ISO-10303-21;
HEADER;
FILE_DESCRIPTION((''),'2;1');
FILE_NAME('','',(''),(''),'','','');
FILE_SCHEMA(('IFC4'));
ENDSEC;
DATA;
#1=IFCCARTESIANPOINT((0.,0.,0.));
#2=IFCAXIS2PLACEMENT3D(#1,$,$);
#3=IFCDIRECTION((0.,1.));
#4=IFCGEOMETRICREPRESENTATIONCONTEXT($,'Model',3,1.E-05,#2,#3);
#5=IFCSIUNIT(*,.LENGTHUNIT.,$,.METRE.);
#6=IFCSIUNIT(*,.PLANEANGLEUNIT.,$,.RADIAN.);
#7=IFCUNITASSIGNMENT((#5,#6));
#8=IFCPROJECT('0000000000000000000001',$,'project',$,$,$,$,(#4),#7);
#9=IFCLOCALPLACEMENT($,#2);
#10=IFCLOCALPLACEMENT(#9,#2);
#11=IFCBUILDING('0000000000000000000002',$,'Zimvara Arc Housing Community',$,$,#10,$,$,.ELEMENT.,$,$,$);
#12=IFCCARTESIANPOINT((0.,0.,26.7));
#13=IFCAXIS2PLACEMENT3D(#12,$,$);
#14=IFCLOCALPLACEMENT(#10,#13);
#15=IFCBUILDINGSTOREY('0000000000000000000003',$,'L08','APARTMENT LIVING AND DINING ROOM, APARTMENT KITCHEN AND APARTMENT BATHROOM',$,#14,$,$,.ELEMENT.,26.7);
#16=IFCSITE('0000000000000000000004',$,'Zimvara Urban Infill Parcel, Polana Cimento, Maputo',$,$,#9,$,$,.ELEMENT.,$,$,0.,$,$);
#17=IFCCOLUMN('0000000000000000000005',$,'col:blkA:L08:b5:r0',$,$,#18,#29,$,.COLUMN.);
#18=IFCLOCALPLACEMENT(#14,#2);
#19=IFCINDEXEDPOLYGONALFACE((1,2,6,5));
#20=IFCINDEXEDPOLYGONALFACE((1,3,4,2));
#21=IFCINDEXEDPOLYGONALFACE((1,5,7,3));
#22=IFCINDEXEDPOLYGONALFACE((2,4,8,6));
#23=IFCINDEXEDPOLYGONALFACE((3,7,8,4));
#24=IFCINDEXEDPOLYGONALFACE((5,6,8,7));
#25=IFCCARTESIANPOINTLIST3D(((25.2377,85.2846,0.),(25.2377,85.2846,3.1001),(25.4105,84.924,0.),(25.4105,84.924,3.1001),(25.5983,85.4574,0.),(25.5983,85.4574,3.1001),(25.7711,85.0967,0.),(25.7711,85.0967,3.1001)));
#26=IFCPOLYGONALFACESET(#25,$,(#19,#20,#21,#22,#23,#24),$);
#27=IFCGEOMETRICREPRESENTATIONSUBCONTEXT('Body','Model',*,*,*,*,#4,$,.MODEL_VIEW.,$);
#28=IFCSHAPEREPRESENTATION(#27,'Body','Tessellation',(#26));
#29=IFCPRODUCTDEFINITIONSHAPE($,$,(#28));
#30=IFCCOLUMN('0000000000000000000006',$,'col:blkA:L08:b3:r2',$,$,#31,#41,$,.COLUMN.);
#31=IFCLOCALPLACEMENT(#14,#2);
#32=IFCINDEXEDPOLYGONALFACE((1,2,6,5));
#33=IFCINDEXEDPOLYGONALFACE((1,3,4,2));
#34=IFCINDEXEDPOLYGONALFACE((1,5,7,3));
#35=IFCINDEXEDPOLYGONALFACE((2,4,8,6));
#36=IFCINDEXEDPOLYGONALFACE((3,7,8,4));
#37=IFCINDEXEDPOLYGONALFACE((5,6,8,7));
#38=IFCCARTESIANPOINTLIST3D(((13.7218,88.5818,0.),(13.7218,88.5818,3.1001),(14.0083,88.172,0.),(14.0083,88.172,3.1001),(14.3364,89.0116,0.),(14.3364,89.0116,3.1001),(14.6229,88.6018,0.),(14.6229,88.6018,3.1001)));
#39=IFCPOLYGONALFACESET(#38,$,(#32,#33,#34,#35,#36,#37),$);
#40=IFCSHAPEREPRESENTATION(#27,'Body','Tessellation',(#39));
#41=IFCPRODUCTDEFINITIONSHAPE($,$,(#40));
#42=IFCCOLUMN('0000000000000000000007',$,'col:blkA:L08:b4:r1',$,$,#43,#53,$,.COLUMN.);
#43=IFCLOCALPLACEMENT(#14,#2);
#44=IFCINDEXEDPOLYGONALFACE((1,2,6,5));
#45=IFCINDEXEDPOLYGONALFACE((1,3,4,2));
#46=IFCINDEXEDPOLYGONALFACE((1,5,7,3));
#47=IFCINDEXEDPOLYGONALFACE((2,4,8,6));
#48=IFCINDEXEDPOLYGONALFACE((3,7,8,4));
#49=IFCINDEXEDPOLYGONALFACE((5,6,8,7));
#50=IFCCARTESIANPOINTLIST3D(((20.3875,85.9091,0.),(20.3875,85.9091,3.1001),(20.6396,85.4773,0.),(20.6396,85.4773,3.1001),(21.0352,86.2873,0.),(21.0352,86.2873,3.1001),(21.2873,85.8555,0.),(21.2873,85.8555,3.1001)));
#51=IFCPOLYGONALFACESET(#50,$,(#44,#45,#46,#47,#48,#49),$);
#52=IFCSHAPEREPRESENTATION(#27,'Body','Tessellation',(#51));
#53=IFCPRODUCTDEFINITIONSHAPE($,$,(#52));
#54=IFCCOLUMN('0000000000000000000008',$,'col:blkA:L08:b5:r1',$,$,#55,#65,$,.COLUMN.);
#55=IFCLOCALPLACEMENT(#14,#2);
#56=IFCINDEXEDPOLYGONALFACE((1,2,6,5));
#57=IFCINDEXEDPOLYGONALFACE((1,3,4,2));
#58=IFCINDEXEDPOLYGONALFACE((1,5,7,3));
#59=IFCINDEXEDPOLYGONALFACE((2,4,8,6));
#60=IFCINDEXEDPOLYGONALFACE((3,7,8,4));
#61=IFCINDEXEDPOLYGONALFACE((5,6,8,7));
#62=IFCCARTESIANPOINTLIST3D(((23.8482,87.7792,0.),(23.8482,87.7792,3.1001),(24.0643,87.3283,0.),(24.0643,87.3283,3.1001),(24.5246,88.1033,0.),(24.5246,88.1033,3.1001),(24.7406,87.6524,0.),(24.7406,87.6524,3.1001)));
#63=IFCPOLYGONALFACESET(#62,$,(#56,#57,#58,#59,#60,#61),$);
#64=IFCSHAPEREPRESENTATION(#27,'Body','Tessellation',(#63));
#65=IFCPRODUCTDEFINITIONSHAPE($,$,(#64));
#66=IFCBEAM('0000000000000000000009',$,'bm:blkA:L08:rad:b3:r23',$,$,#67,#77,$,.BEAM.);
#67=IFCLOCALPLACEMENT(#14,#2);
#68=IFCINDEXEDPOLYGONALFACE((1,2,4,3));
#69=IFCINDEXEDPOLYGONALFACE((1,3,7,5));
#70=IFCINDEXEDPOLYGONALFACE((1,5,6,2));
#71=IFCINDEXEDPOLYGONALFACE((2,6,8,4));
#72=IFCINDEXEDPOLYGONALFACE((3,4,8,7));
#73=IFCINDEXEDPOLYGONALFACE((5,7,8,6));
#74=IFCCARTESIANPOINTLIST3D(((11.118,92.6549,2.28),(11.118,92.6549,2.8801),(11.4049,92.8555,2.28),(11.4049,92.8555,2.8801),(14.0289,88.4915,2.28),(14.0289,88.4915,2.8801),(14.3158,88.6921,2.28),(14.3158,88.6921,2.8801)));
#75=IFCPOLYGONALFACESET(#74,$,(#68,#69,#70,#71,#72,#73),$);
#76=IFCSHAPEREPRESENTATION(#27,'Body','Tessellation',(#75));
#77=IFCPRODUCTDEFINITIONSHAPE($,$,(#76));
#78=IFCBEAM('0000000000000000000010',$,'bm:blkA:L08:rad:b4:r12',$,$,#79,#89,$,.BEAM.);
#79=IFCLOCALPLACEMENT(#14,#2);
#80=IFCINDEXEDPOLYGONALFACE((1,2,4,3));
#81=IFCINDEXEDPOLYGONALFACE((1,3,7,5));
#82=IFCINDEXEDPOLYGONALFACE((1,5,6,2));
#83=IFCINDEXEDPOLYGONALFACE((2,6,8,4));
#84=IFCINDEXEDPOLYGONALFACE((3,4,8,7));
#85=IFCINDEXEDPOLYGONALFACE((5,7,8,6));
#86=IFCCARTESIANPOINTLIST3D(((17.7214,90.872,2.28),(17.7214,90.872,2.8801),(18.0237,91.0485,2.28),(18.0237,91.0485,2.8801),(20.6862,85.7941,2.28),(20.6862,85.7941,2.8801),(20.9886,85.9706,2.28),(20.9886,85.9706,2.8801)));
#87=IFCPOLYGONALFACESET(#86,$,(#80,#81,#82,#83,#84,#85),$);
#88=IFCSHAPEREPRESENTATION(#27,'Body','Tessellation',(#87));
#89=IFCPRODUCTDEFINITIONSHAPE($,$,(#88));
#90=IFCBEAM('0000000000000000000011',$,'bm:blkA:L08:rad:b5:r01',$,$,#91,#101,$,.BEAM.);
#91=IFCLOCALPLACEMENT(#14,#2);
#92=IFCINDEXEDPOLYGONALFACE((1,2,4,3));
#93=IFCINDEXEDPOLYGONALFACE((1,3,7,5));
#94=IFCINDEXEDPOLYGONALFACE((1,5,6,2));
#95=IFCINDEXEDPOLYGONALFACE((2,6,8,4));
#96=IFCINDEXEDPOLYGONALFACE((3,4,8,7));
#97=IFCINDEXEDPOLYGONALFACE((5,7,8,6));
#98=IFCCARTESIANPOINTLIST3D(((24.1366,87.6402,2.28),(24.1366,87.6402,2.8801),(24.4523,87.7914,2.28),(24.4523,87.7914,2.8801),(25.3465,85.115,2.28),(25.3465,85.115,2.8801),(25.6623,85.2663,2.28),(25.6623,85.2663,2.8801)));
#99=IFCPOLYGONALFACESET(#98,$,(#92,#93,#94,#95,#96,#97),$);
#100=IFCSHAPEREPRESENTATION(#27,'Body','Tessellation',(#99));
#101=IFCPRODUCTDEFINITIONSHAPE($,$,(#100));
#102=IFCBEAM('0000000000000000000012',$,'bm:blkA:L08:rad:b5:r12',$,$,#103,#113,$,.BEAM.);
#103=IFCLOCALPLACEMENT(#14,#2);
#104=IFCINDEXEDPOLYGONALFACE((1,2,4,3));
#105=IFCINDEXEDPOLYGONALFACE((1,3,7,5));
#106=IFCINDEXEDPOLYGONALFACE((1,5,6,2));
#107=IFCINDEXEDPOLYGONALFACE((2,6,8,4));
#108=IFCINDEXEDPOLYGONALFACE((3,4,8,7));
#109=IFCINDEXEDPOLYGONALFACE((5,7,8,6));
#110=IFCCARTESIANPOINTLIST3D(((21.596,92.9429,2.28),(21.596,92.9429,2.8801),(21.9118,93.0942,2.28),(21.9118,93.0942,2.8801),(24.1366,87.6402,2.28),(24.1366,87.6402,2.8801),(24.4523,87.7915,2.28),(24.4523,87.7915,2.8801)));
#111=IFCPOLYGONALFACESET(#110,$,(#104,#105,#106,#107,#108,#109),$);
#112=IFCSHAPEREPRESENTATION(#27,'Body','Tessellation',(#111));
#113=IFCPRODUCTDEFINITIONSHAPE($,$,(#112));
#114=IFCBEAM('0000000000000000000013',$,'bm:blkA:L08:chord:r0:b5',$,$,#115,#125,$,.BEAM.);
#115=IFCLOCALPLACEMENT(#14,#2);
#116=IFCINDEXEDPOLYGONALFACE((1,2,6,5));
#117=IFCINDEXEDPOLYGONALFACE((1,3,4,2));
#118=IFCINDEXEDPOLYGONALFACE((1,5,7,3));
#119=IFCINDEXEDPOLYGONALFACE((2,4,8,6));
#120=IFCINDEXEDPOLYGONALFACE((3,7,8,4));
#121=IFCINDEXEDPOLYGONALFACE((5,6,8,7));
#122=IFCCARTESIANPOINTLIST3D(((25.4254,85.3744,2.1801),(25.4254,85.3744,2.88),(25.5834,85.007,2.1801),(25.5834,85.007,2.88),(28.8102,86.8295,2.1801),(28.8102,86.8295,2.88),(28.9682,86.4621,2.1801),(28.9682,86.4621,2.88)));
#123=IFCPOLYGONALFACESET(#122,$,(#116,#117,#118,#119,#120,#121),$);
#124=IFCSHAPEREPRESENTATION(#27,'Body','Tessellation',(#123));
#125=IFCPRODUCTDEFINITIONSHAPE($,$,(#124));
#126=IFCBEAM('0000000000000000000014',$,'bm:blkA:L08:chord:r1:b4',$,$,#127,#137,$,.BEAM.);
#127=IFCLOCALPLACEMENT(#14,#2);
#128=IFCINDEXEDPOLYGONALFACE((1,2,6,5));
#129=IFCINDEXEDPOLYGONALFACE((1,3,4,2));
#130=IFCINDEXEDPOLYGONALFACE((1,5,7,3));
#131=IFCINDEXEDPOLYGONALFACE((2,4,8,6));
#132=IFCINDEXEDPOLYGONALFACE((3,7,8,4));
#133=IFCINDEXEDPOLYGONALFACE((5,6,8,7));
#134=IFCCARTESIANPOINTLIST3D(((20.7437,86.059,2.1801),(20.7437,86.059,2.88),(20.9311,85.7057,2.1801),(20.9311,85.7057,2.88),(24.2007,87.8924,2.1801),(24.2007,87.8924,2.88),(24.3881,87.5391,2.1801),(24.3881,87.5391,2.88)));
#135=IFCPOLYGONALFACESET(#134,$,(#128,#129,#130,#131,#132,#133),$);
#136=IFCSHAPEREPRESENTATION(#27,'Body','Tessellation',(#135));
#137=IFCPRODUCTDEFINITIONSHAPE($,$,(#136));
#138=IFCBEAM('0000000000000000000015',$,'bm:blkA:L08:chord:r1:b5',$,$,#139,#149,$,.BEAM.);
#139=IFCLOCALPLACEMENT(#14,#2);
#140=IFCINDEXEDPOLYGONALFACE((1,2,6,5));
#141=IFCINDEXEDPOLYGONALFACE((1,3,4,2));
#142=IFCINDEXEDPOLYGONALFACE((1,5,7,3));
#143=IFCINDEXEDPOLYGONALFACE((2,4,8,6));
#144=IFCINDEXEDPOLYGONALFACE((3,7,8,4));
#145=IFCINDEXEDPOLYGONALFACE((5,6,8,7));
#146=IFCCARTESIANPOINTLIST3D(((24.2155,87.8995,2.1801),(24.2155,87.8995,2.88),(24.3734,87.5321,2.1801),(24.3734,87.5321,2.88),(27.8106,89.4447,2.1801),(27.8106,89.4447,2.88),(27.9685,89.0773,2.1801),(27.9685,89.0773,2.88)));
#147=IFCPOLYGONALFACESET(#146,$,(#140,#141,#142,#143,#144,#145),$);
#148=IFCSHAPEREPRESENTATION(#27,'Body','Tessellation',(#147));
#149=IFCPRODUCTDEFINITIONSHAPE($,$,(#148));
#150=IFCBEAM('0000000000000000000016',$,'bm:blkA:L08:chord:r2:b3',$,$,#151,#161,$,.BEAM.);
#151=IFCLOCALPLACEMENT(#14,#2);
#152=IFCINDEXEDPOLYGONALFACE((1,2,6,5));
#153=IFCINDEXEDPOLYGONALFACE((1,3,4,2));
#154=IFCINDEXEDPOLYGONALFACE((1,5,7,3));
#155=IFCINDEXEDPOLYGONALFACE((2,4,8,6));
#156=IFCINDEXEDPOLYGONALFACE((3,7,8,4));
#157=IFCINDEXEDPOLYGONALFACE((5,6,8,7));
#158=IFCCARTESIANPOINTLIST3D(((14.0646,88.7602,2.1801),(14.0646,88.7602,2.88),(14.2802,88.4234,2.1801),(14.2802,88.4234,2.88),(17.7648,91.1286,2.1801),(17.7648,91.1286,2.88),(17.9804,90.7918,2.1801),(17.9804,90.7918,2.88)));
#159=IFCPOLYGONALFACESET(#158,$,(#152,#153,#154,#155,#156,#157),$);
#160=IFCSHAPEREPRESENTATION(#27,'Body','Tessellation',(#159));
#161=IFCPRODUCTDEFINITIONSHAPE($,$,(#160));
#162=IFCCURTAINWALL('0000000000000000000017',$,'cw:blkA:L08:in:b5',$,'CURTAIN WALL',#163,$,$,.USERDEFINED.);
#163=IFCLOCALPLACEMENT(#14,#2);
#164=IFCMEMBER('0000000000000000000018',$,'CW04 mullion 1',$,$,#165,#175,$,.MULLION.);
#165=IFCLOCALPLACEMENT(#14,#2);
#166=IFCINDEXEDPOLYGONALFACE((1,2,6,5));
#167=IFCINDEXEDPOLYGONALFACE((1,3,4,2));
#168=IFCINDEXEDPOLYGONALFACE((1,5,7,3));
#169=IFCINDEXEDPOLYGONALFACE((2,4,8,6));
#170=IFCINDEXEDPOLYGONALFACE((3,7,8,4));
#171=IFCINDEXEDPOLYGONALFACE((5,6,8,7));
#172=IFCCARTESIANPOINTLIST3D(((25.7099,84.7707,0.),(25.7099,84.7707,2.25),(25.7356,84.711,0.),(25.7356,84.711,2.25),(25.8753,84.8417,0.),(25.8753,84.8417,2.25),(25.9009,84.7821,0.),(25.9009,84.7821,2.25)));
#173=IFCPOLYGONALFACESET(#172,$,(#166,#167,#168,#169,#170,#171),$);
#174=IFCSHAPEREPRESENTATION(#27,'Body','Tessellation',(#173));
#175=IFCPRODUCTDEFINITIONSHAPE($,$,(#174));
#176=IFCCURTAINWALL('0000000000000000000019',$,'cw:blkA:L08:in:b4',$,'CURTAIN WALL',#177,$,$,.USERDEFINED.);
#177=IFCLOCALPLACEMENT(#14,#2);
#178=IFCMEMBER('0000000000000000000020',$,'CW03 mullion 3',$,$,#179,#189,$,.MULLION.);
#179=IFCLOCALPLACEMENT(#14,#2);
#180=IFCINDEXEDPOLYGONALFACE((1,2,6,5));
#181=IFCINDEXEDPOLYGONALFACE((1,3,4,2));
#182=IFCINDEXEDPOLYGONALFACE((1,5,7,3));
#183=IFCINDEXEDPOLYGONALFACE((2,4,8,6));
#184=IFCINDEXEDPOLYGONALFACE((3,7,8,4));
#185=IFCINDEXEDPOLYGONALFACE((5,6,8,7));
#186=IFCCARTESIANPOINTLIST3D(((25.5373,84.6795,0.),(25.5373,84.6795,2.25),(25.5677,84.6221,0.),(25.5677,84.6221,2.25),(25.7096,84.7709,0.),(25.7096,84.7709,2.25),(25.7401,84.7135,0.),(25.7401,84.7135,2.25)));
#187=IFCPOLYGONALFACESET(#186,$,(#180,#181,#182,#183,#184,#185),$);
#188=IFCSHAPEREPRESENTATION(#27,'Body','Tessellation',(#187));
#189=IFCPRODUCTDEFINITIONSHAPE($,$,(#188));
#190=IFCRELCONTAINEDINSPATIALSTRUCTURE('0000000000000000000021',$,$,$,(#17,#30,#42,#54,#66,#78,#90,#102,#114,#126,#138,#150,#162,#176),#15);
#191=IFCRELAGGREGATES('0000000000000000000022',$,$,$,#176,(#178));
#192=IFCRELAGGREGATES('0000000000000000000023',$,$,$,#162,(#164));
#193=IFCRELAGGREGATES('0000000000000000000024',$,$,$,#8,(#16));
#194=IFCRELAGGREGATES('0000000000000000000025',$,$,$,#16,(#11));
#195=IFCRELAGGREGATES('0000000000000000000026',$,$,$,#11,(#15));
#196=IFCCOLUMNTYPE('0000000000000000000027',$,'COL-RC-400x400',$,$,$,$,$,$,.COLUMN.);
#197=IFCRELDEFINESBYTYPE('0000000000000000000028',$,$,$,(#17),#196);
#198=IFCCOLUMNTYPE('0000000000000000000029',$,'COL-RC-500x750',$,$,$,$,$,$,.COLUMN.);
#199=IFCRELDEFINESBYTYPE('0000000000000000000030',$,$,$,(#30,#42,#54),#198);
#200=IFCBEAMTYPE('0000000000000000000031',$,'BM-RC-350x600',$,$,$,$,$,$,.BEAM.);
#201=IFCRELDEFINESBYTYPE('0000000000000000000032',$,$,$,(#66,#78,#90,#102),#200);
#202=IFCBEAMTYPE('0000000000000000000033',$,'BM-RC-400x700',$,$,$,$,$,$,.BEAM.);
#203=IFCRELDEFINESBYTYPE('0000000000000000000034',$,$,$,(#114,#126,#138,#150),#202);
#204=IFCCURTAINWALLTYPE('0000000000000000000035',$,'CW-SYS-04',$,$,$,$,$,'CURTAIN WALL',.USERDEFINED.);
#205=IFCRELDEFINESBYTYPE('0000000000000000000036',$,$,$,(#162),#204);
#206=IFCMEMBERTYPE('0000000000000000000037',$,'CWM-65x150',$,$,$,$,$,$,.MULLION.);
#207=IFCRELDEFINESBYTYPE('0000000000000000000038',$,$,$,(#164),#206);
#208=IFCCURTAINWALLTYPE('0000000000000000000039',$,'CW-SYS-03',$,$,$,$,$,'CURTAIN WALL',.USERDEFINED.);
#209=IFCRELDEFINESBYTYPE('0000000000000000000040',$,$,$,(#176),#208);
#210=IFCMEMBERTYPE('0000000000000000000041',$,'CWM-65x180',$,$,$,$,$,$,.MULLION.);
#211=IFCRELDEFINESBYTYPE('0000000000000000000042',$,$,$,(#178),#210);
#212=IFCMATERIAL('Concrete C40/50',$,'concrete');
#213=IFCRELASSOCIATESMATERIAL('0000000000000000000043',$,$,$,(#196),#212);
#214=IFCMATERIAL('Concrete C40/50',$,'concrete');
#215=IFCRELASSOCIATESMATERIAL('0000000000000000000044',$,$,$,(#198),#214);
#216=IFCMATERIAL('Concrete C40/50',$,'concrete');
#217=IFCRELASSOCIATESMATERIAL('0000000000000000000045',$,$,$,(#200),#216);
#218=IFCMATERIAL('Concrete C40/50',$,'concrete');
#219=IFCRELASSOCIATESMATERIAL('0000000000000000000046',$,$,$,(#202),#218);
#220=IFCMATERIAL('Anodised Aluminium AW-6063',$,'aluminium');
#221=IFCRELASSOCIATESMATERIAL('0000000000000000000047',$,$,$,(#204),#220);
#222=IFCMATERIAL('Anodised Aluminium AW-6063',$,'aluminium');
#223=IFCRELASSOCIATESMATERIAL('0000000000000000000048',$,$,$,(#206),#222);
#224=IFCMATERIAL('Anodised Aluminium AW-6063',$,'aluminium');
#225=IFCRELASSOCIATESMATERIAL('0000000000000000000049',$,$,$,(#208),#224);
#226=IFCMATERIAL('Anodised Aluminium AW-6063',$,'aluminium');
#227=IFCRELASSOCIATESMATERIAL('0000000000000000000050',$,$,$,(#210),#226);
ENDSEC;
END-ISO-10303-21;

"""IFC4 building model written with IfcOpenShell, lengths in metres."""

from ifc_helpers import new_model, si_unit, direction, frame, origin, origin_2d, place, context, subcontext, project, spatial, rectangle, extrude, material, material_profile, profile_set, type_object, element, aggregate, save


model = new_model("IFC4")

# Units and contexts
model_context = context("Model", 3, precision=1e-05, world=origin(), true_north=direction((0.0, 1.0)))
body_context = subcontext(model_context, "Body", "Model", "MODEL_VIEW")
ifc_project = project(units=[si_unit("LENGTHUNIT", "METRE"), si_unit("PLANEANGLEUNIT", "RADIAN")], contexts=[model_context])

# Site, building, storey
site_placement = place(None, origin())
site = spatial("IfcSite", under=ifc_project, at=site_placement, Name="Zimvara Urban Infill Parcel, Polana Cimento, Maputo", CompositionType="ELEMENT", RefElevation=0.0)
building_placement = place(site_placement, origin())
building = spatial("IfcBuilding", under=site, at=building_placement, Name="Zimvara Arc Housing Community", CompositionType="ELEMENT")
storey_placement = place(building_placement, frame((0.0, 0.0, 26.7)))
storey = spatial("IfcBuildingStorey", under=building, at=storey_placement, Name="L08", Description="APARTMENT LIVING AND DINING ROOM, APARTMENT KITCHEN AND APARTMENT BATHROOM", CompositionType="ELEMENT", Elevation=26.7)

# Columns
ifc_material_1 = material(Name="Concrete C40/50", Category="concrete")
ifc_material_profile_1 = material_profile(ifc_material_1, rectangle(XDim=0.3999, YDim=0.3999, at=origin_2d()), Name="RC 400x400")
ifc_profile_set_1 = profile_set([ifc_material_profile_1], Name="Concrete C40/50")
column_type_1 = type_object("IfcColumnType", Name="COL-RC-400x400", PredefinedType="COLUMN", material=ifc_profile_set_1)
column_placement = place(storey_placement, frame((25.5044, 85.1907, 0.0), z_axis=(0.0, 0.0, 1.0), x_axis=(-0.432086, 0.901833, 0.0)))
element("IfcColumn", 1, at=column_placement, inside=storey, type_object=column_type_1, Name="col:blkA:L08:b5:r0", PredefinedType="COLUMN", context=body_context, shape_type="SweptSolid", body=[
    extrude(rectangle(XDim=0.3999, YDim=0.3999, at=origin_2d()), origin(), (0.0, 0.0, 1.0), 3.1001),
])
ifc_material_2 = material(Name="Concrete C40/50", Category="concrete")
ifc_material_profile_2 = material_profile(ifc_material_2, rectangle(XDim=0.5, YDim=0.75, at=origin_2d()), Name="RC 500x750")
ifc_profile_set_2 = profile_set([ifc_material_profile_2], Name="Concrete C40/50")
column_type_2 = type_object("IfcColumnType", Name="COL-RC-500x750", PredefinedType="COLUMN", material=ifc_profile_set_2)
for number, where, z_axis, x_axis, name in (
    (2, (14.1724, 88.5918, 0.0), (0.0, 0.0, 1.0), (-0.573004, 0.819552, 0.0), "col:blkA:L08:b3:r2"),
    (3, (20.8374, 85.8823, 0.0), (0.0, 0.0, 1.0), (-0.504226, 0.863572, 0.0), "col:blkA:L08:b4:r1"),
    (4, (24.2944, 87.7158, 0.0), (0.0, 0.0, 1.0), (-0.432086, 0.901833, 0.0), "col:blkA:L08:b5:r1"),
):
    element("IfcColumn", number, at=place(storey_placement, frame(where, z_axis=z_axis, x_axis=x_axis)), inside=storey, type_object=column_type_2, Name=name, PredefinedType="COLUMN", context=body_context, shape_type="SweptSolid", body=[
        extrude(rectangle(XDim=0.5, YDim=0.75, at=origin_2d()), origin(), (0.0, 0.0, 1.0), 3.1001),
    ])

# Beams
ifc_material_3 = material(Name="Concrete C40/50", Category="concrete")
ifc_material_profile_3 = material_profile(ifc_material_3, rectangle(XDim=0.3501, YDim=0.6001, at=origin_2d()), Name="RC 350x600")
ifc_profile_set_3 = profile_set([ifc_material_profile_3], Name="Concrete C40/50")
beam_type_1 = type_object("IfcBeamType", Name="BM-RC-350x600", PredefinedType="BEAM", material=ifc_profile_set_3)
beam_1_placement = place(storey_placement, frame((14.1724, 88.5918, 2.5801), z_axis=(-0.573007, 0.81955, 0.0), x_axis=(-0.81955, -0.573007, 0.0)))
element("IfcBeam", 5, at=beam_1_placement, inside=storey, type_object=beam_type_1, Name="bm:blkA:L08:rad:b3:r23", PredefinedType="BEAM", context=body_context, shape_type="SweptSolid", body=[
    extrude(rectangle(XDim=0.3501, YDim=0.6001, at=origin_2d()), origin(), (0.0, 0.0, 1.0), 5.0801),
])
beam_2_placement = place(storey_placement, frame((20.8374, 85.8823, 2.5801), z_axis=(-0.504219, 0.863576, 0.0), x_axis=(-0.863576, -0.504219, 0.0)))
element("IfcBeam", 6, at=beam_2_placement, inside=storey, type_object=beam_type_1, Name="bm:blkA:L08:rad:b4:r12", PredefinedType="BEAM", context=body_context, shape_type="SweptSolid", body=[
    extrude(rectangle(XDim=0.3501, YDim=0.6001, at=origin_2d()), origin(), (0.0, 0.0, 1.0), 5.8801),
])
beam_3_placement = place(storey_placement, frame((25.5044, 85.1907, 2.5801), z_axis=(-0.432119, 0.901817, 0.0), x_axis=(-0.901817, -0.432119, 0.0)))
element("IfcBeam", 7, at=beam_3_placement, inside=storey, type_object=beam_type_1, Name="bm:blkA:L08:rad:b5:r01", PredefinedType="BEAM", context=body_context, shape_type="SweptSolid", body=[
    extrude(rectangle(XDim=0.3501, YDim=0.6001, at=origin_2d()), origin(), (0.0, 0.0, 1.0), 2.8),
])
beam_4_placement = place(storey_placement, frame((24.2944, 87.7158, 2.5801), z_axis=(-0.43207, 0.90184, 0.0), x_axis=(-0.90184, -0.43207, 0.0)))
element("IfcBeam", 8, at=beam_4_placement, inside=storey, type_object=beam_type_1, Name="bm:blkA:L08:rad:b5:r12", PredefinedType="BEAM", context=body_context, shape_type="SweptSolid", body=[
    extrude(rectangle(XDim=0.3501, YDim=0.6001, at=origin_2d()), origin(), (0.0, 0.0, 1.0), 5.8799),
])
ifc_material_4 = material(Name="Concrete C40/50", Category="concrete")
ifc_material_profile_4 = material_profile(ifc_material_4, rectangle(XDim=0.3999, YDim=0.7, at=origin_2d()), Name="RC 400x700")
ifc_profile_set_4 = profile_set([ifc_material_profile_4], Name="Concrete C40/50")
beam_type_2 = type_object("IfcBeamType", Name="BM-RC-400x700", PredefinedType="BEAM", material=ifc_profile_set_4)
beam_5_placement = place(storey_placement, frame((25.5044, 85.1907, 2.53), z_axis=(0.918706, 0.394943, 0.0), x_axis=(-0.394943, 0.918706, 0.0)))
element("IfcBeam", 9, at=beam_5_placement, inside=storey, type_object=beam_type_2, Name="bm:blkA:L08:chord:r0:b5", PredefinedType="BEAM", context=body_context, shape_type="SweptSolid", body=[
    extrude(rectangle(XDim=0.3999, YDim=0.7, at=origin_2d()), origin(), (0.0, 0.0, 1.0), 3.6843),
])
for number, where, z_axis, x_axis, name in (
    (10, (20.8374, 85.8823, 2.53), (0.883439, 0.468547, 0.0), (-0.468547, 0.883439, 0.0), "bm:blkA:L08:chord:r1:b4"),
    (11, (24.2944, 87.7158, 2.53), (0.918731, 0.394883, 0.0), (-0.394883, 0.918731, 0.0), "bm:blkA:L08:chord:r1:b5"),
):
    element("IfcBeam", number, at=place(storey_placement, frame(where, z_axis=z_axis, x_axis=x_axis)), inside=storey, type_object=beam_type_2, Name=name, PredefinedType="BEAM", context=body_context, shape_type="SweptSolid", body=[
        extrude(rectangle(XDim=0.3999, YDim=0.7, at=origin_2d()), origin(), (0.0, 0.0, 1.0), 3.9131),
    ])
beam_6_placement = place(storey_placement, frame((14.1724, 88.5918, 2.53), z_axis=(0.842242, 0.539099, 0.0), x_axis=(-0.539099, 0.842242, 0.0)))
element("IfcBeam", 12, at=beam_6_placement, inside=storey, type_object=beam_type_2, Name="bm:blkA:L08:chord:r2:b3", PredefinedType="BEAM", context=body_context, shape_type="SweptSolid", body=[
    extrude(rectangle(XDim=0.3999, YDim=0.7, at=origin_2d()), origin(), (0.0, 0.0, 1.0), 4.3933),
])

# Curtain walls, members
ifc_material_5 = material(Name="Anodised Aluminium AW-6063", Category="aluminium")
curtain_wall_type_1 = type_object("IfcCurtainWallType", Name="CW-SYS-04", ElementType="CURTAIN WALL", PredefinedType="USERDEFINED", material=ifc_material_5)
curtain_wall_1_placement = place(storey_placement, origin())
curtain_wall_1 = element("IfcCurtainWall", 13, at=curtain_wall_1_placement, inside=storey, type_object=curtain_wall_type_1, Name="cw:blkA:L08:in:b5", ObjectType="CURTAIN WALL", PredefinedType="USERDEFINED")
ifc_material_6 = material(Name="Anodised Aluminium AW-6063", Category="aluminium")
ifc_material_profile_5 = material_profile(ifc_material_6, rectangle(XDim=0.0649, YDim=0.1799, at=origin_2d()), Name="ALU 65x180")
ifc_profile_set_5 = profile_set([ifc_material_profile_5], Name="Anodised Aluminium AW-6063")
member_type_1 = type_object("IfcMemberType", Name="CWM-65x150", PredefinedType="MULLION", material=ifc_profile_set_5)
member_1_placement = place(storey_placement, frame((25.8054, 84.7764, 0.0), z_axis=(0.0, 0.0, 1.0), x_axis=(-0.394904, 0.918722, 0.0)))
member_1 = element("IfcMember", 14, at=member_1_placement, type_object=member_type_1, Name="CW04 mullion 1", PredefinedType="MULLION", context=body_context, shape_type="SweptSolid", body=[
    extrude(rectangle(XDim=0.0649, YDim=0.1799, at=origin_2d()), origin(), (0.0, 0.0, 1.0), 2.25),
])
ifc_material_7 = material(Name="Anodised Aluminium AW-6063", Category="aluminium")
curtain_wall_type_2 = type_object("IfcCurtainWallType", Name="CW-SYS-03", ElementType="CURTAIN WALL", PredefinedType="USERDEFINED", material=ifc_material_7)
curtain_wall_2_placement = place(storey_placement, origin())
curtain_wall_2 = element("IfcCurtainWall", 15, at=curtain_wall_2_placement, inside=storey, type_object=curtain_wall_type_2, Name="cw:blkA:L08:in:b4", ObjectType="CURTAIN WALL", PredefinedType="USERDEFINED")
ifc_material_8 = material(Name="Anodised Aluminium AW-6063", Category="aluminium")
ifc_material_profile_6 = material_profile(ifc_material_8, rectangle(XDim=0.0649, YDim=0.1951, at=origin_2d()), Name="ALU 65x195")
ifc_profile_set_6 = profile_set([ifc_material_profile_6], Name="Anodised Aluminium AW-6063")
member_type_2 = type_object("IfcMemberType", Name="CWM-65x180", PredefinedType="MULLION", material=ifc_profile_set_6)
member_2_placement = place(storey_placement, frame((25.6387, 84.6965, 0.0), z_axis=(0.0, 0.0, 1.0), x_axis=(-0.468545, 0.88344, 0.0)))
member_2 = element("IfcMember", 16, at=member_2_placement, type_object=member_type_2, Name="CW03 mullion 3", PredefinedType="MULLION", context=body_context, shape_type="SweptSolid", body=[
    extrude(rectangle(XDim=0.0649, YDim=0.1951, at=origin_2d()), origin(), (0.0, 0.0, 1.0), 2.25),
])
aggregate(curtain_wall_2, [member_2])

aggregate(curtain_wall_1, [member_1])

save(model, "model.ifc")
